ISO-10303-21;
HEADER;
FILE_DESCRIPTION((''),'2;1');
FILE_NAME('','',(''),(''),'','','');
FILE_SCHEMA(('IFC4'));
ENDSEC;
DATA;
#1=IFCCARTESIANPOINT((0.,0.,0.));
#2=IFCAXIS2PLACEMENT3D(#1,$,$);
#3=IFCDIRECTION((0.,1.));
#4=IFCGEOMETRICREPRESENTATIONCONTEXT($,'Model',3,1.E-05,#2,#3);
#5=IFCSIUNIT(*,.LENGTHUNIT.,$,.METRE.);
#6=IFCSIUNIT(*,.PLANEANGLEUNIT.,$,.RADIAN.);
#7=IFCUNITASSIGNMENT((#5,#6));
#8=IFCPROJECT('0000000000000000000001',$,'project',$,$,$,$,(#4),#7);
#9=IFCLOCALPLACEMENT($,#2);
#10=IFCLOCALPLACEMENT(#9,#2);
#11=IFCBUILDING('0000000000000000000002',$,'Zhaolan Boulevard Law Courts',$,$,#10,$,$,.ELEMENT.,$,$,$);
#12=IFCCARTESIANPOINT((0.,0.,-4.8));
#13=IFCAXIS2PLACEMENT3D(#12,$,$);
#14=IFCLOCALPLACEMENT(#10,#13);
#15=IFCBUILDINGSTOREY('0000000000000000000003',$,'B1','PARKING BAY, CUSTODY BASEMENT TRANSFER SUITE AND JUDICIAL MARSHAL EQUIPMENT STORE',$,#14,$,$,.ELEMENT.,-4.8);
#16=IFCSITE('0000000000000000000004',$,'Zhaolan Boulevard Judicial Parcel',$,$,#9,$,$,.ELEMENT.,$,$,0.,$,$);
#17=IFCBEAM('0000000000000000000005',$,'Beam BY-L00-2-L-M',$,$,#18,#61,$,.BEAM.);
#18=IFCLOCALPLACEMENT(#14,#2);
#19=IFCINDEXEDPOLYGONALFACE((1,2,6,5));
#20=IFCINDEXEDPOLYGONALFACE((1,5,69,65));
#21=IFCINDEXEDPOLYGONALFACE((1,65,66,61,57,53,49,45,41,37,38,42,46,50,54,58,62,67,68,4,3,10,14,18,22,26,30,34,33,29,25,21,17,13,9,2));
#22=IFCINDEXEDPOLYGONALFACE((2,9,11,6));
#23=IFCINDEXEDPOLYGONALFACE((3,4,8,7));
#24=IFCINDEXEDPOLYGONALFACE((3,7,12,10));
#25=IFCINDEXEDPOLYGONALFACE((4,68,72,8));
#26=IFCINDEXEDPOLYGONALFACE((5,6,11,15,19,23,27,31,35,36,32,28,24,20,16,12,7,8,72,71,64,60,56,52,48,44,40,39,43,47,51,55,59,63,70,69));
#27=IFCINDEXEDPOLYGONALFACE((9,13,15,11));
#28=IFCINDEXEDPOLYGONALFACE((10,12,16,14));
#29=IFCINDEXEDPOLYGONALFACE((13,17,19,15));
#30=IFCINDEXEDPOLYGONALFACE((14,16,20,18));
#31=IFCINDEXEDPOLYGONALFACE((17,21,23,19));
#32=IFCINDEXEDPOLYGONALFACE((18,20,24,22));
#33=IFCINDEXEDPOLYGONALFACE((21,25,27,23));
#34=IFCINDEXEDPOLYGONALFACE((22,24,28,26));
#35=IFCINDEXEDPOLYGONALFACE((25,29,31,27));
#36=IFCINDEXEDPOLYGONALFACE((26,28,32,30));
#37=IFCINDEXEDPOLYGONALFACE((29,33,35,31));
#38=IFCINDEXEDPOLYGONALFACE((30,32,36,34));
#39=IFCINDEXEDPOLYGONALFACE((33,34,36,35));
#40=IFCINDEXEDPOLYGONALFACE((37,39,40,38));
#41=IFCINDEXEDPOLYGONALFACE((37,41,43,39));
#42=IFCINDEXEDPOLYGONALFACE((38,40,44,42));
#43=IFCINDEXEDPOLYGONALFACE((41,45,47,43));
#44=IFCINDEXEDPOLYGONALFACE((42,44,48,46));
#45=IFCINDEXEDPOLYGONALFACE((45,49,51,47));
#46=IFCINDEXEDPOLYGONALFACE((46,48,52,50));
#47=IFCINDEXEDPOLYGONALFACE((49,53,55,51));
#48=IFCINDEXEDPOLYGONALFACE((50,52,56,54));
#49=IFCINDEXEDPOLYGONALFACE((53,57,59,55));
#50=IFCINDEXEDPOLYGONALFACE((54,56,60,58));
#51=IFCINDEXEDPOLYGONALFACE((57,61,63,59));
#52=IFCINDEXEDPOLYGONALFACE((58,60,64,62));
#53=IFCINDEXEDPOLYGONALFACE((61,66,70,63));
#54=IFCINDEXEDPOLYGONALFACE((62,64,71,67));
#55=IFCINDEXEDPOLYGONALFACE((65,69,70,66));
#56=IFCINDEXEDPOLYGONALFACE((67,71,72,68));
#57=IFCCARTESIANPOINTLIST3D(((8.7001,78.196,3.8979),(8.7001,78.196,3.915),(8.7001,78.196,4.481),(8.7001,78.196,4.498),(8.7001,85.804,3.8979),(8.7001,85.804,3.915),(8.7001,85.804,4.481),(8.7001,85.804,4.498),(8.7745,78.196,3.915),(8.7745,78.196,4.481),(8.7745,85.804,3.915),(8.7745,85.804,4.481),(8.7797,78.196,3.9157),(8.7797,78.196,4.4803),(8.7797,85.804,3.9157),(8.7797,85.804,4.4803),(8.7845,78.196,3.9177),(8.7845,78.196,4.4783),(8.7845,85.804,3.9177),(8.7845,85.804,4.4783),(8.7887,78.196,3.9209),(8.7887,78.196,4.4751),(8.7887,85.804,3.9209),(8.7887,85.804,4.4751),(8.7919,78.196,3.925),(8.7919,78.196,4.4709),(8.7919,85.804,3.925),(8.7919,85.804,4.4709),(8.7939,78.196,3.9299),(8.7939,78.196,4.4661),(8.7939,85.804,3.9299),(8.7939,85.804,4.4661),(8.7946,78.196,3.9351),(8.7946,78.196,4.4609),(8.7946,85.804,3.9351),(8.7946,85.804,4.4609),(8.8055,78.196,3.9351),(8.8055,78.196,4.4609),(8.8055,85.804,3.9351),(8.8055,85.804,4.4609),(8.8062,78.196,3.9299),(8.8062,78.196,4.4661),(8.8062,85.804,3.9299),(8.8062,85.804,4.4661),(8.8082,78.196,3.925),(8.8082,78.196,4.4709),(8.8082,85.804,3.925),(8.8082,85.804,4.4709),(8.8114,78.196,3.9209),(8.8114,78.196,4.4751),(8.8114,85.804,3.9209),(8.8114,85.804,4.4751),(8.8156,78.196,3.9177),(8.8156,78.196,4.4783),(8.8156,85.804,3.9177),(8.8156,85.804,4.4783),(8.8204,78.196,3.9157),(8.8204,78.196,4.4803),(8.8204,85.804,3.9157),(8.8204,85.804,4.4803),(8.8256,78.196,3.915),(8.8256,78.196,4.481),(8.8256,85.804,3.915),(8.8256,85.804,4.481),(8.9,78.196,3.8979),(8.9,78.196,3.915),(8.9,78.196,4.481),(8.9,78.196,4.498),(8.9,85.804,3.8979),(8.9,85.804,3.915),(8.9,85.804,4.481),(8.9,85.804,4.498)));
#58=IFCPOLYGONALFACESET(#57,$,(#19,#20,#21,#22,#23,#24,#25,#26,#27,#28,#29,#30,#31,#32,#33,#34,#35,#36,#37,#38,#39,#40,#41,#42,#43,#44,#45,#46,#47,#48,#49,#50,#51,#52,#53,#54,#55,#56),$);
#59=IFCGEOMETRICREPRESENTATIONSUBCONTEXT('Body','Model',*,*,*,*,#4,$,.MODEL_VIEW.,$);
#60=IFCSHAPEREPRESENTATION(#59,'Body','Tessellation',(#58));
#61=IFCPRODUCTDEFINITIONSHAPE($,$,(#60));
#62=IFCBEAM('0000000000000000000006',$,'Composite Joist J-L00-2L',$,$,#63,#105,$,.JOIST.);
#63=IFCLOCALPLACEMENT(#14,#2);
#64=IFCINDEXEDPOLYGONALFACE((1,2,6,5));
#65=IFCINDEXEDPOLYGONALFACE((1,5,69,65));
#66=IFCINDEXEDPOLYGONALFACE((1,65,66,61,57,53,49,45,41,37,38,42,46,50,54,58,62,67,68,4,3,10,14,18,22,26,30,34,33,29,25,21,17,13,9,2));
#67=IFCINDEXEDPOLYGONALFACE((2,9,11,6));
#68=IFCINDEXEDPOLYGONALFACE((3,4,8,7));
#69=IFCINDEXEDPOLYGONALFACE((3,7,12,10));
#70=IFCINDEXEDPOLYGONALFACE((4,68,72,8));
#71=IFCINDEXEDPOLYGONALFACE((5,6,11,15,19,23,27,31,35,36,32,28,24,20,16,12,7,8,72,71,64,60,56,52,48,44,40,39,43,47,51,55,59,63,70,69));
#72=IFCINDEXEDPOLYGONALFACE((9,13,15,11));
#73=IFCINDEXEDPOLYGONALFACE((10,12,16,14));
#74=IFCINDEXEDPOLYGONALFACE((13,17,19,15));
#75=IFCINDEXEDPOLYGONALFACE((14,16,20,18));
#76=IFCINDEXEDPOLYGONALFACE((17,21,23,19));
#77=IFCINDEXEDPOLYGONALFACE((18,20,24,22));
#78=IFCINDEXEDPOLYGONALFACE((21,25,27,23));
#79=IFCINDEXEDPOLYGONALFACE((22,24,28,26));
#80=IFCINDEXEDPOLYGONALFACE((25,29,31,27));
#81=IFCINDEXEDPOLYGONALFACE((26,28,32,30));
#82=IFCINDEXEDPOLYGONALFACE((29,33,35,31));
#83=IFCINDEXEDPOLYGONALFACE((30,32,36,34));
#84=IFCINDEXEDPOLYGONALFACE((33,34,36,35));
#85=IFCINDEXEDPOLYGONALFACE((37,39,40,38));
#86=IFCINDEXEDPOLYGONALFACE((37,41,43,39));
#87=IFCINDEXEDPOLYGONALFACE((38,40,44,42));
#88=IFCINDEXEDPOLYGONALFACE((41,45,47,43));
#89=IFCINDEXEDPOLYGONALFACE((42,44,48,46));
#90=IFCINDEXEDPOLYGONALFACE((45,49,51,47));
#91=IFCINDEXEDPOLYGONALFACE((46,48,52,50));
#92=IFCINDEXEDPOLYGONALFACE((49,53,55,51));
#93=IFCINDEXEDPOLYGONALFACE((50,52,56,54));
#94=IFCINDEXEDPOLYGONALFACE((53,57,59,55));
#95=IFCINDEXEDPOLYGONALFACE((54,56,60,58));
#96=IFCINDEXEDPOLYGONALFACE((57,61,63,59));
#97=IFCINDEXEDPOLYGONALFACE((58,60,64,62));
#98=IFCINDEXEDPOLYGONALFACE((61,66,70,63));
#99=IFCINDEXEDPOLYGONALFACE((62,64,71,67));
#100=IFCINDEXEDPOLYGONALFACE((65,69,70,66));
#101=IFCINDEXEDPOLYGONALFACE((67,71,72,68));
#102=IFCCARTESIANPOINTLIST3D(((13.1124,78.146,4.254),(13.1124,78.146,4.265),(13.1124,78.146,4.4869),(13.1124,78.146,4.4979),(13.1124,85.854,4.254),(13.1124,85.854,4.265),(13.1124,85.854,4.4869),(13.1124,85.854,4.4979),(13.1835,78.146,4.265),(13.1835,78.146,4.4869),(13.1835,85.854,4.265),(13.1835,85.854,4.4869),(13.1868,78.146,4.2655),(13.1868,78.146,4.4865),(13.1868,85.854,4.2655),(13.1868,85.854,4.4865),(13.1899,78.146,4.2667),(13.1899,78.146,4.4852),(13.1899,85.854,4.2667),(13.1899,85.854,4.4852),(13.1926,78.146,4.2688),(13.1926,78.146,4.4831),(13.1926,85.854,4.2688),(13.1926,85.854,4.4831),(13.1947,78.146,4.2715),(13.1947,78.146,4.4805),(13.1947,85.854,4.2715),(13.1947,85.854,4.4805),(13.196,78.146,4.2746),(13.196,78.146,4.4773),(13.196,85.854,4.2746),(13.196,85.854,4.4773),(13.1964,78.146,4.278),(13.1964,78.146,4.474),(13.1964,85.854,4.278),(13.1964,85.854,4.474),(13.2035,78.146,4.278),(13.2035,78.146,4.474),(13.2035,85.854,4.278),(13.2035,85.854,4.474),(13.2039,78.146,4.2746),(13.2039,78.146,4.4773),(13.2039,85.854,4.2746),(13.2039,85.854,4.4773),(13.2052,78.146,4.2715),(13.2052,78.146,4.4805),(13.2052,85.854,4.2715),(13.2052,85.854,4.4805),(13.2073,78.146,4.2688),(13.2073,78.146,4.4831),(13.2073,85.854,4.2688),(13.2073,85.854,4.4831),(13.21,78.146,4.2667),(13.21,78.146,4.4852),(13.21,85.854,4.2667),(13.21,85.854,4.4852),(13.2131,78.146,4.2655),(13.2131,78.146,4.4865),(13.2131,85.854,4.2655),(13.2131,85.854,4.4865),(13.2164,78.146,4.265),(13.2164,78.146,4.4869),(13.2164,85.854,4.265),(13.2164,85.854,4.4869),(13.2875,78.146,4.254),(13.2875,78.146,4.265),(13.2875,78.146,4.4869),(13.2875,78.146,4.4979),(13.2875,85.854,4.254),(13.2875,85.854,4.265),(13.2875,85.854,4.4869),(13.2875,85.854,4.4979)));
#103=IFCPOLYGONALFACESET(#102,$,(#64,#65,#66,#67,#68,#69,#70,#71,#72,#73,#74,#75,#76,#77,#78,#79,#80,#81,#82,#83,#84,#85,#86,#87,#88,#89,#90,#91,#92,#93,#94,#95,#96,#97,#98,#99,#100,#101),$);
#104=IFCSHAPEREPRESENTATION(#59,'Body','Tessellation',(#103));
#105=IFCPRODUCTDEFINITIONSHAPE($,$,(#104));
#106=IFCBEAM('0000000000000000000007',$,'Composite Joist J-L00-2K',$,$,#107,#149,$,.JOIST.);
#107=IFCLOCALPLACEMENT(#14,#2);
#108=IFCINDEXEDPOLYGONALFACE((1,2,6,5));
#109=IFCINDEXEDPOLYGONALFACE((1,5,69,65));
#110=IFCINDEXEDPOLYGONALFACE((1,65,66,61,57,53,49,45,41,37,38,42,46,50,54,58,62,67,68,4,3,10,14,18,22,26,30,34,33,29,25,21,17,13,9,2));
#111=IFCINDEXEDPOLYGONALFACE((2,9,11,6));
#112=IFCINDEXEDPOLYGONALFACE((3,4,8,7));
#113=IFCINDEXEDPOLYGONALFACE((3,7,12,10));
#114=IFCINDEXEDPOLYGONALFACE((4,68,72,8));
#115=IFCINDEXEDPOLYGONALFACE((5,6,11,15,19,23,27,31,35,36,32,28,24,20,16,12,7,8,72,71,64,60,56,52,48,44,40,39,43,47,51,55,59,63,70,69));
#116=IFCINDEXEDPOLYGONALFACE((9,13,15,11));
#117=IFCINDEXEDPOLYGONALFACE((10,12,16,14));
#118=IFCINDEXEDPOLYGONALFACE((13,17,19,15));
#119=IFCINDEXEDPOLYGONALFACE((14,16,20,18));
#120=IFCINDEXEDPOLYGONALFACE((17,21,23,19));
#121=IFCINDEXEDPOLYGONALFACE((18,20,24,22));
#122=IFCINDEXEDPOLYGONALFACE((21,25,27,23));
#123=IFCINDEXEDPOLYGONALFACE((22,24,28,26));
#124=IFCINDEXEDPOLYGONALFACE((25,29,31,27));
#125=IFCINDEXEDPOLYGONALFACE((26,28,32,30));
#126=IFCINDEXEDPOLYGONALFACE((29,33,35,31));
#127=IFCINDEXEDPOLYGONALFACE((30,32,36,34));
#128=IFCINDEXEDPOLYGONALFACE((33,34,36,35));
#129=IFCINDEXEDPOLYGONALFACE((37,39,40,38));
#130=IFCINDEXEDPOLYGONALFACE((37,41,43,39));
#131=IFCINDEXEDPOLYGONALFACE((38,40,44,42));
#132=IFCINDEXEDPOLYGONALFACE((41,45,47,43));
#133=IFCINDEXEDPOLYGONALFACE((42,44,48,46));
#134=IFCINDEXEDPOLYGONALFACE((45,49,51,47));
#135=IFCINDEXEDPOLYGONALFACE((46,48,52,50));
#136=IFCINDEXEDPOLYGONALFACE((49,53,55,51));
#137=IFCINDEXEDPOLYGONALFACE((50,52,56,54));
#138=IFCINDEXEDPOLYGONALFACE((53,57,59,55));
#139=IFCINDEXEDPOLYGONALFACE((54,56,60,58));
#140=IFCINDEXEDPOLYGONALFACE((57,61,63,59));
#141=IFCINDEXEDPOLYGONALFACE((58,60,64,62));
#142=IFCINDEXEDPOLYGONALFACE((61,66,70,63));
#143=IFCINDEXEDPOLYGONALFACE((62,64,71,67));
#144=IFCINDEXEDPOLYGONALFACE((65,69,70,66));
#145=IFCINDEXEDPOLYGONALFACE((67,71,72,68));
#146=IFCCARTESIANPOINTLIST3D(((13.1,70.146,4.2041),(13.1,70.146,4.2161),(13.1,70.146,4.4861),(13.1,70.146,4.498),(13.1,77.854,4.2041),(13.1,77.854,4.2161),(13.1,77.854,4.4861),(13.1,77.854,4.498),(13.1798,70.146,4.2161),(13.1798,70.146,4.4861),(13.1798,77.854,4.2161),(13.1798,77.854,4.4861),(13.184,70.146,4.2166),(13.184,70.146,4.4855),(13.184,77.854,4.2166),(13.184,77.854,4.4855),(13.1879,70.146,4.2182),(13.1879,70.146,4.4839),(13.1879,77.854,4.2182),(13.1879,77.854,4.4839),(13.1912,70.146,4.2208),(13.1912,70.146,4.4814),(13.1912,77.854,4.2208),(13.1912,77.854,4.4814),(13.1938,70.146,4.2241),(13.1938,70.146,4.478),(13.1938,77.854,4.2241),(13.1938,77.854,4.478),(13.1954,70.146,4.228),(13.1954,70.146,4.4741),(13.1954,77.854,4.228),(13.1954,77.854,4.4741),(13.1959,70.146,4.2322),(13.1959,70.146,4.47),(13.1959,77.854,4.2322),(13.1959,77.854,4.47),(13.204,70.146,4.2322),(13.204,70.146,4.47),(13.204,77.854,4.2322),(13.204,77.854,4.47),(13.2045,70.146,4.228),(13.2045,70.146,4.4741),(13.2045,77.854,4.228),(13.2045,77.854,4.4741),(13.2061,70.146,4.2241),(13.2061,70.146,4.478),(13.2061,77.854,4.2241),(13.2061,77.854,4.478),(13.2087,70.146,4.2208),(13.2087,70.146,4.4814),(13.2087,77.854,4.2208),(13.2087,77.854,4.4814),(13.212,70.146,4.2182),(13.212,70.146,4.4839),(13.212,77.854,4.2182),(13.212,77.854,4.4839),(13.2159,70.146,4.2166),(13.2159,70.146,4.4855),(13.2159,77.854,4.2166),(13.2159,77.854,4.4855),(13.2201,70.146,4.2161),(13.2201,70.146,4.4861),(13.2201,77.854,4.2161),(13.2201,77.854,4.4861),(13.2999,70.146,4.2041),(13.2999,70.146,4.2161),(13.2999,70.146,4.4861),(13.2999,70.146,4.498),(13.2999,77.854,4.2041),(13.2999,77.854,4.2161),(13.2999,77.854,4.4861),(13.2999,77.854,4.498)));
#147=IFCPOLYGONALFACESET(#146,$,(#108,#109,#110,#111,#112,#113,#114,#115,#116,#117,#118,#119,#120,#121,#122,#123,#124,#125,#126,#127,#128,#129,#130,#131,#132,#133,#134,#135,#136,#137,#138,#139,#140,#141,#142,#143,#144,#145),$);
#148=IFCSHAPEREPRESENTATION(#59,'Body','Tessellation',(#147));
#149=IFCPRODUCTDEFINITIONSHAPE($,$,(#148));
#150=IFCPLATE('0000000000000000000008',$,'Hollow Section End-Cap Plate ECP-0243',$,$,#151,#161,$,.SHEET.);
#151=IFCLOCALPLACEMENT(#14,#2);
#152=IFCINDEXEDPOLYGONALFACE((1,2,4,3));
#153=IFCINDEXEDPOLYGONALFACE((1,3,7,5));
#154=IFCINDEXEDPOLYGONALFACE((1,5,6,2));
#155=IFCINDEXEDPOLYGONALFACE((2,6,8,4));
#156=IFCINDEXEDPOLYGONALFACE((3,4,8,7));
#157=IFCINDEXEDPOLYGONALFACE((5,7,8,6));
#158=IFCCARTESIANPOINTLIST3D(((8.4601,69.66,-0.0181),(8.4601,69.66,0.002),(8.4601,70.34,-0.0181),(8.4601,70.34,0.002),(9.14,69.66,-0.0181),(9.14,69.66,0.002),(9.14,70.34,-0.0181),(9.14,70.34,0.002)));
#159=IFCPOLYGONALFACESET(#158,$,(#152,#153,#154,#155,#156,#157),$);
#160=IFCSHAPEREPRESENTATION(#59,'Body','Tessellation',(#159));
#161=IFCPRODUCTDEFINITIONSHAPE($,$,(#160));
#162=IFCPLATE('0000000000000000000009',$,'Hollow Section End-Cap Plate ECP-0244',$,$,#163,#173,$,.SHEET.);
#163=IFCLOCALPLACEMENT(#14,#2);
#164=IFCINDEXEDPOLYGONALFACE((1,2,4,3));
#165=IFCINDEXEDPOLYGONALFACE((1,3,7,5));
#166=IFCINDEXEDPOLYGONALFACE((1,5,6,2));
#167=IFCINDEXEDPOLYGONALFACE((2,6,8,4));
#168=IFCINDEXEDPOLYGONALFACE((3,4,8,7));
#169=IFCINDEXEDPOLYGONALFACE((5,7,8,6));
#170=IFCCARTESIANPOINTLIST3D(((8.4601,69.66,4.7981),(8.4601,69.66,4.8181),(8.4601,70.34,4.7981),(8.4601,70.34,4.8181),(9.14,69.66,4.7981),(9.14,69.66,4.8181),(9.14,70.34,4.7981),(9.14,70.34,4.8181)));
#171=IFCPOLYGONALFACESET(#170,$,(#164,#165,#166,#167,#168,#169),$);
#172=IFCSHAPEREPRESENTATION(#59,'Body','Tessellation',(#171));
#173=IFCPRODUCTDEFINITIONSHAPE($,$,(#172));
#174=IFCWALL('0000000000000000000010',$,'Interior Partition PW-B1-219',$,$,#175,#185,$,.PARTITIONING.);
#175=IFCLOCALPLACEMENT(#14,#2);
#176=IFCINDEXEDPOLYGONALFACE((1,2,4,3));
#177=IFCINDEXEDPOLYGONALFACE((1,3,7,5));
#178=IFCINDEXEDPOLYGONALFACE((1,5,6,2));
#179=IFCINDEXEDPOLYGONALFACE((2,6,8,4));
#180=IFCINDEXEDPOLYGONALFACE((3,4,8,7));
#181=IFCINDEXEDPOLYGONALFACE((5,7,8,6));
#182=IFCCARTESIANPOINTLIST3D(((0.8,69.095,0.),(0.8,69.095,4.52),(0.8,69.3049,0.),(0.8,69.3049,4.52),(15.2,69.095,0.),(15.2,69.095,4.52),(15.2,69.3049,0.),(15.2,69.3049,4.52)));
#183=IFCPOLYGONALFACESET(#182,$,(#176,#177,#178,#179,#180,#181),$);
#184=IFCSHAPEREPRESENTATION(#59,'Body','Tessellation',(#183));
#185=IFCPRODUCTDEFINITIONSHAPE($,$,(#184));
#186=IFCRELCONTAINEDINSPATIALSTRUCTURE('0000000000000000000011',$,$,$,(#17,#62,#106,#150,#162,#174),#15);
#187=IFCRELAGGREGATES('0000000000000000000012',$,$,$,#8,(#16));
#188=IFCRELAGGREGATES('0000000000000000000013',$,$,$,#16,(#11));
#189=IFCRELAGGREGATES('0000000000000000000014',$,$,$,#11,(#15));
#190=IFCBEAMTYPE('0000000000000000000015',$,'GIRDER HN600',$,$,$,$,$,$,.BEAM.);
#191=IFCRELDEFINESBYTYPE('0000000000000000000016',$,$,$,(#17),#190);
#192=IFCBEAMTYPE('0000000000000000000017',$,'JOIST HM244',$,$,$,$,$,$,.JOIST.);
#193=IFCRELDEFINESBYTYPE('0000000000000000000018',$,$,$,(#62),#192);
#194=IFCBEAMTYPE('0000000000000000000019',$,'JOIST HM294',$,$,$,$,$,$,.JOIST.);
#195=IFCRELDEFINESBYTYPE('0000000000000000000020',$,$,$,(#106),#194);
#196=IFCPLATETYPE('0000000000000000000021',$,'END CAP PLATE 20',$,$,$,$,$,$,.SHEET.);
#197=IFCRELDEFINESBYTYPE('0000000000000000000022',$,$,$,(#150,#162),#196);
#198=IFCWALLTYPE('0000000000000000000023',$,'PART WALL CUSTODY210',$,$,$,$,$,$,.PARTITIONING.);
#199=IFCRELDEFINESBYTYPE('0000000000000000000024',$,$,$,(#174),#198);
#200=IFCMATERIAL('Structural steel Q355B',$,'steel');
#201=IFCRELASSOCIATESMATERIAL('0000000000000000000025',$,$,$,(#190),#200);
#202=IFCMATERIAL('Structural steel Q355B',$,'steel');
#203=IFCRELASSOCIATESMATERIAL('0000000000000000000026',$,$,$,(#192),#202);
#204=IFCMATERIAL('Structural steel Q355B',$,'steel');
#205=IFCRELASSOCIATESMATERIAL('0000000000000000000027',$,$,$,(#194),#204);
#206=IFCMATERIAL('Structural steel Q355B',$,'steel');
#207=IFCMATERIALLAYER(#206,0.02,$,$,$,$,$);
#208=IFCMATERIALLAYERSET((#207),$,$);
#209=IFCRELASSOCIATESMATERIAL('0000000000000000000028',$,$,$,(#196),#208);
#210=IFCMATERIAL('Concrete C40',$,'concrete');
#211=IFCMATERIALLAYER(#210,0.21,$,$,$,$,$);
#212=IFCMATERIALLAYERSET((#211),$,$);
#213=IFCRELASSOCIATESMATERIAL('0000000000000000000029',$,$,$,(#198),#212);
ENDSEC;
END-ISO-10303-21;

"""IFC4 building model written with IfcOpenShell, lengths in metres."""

from ifc_helpers import new_model, si_unit, direction, frame, frame_2d, origin, origin_2d, place, context, subcontext, project, spatial, rectangle, i_section, extrude, material, layer, layer_set, material_profile, profile_set, type_object, element, save


model = new_model("IFC4")

# Units and contexts
model_context = context("Model", 3, precision=1e-05, world=origin(), true_north=direction((0.0, 1.0)))
body_context = subcontext(model_context, "Body", "Model", "MODEL_VIEW")
ifc_project = project(units=[si_unit("LENGTHUNIT", "METRE"), si_unit("PLANEANGLEUNIT", "RADIAN")], contexts=[model_context])

# Site, building, storey
site_placement = place(None, origin())
site = spatial("IfcSite", under=ifc_project, at=site_placement, Name="Zhaolan Boulevard Judicial Parcel", CompositionType="ELEMENT", RefElevation=0.0)
building_placement = place(site_placement, origin())
building = spatial("IfcBuilding", under=site, at=building_placement, Name="Zhaolan Boulevard Law Courts", CompositionType="ELEMENT")
storey_placement = place(building_placement, frame((0.0, 0.0, -4.8)))
storey = spatial("IfcBuildingStorey", under=building, at=storey_placement, Name="B1", Description="PARKING BAY, CUSTODY BASEMENT TRANSFER SUITE AND JUDICIAL MARSHAL EQUIPMENT STORE", CompositionType="ELEMENT", Elevation=-4.8)

# Beams
ifc_material_1 = material(Name="Structural steel Q355B", Category="steel")
ifc_material_profile_1 = material_profile(ifc_material_1, i_section(OverallWidth=0.2, OverallDepth=0.6001, WebThickness=0.011, FlangeThickness=0.0171, FilletRadius=0.02, at=origin_2d()), Name="HN600x200")
ifc_profile_set_1 = profile_set([ifc_material_profile_1], Name="Structural steel Q355B")
beam_type_1 = type_object("IfcBeamType", Name="GIRDER HN600", PredefinedType="BEAM", material=ifc_profile_set_1)
beam_1_placement = place(storey_placement, frame((8.8, 78.196, 4.198), z_axis=(0.0, 1.0, 0.0), x_axis=(-1.0, 0.0, 0.0)))
element("IfcBeam", 1, at=beam_1_placement, inside=storey, type_object=beam_type_1, Name="Beam BY-L00-2-L-M", PredefinedType="BEAM", context=body_context, shape_type="SweptSolid", body=[
    extrude(i_section(OverallWidth=0.2, OverallDepth=0.6001, WebThickness=0.011, FlangeThickness=0.0171, FilletRadius=0.02, at=origin_2d()), origin(), (0.0, 0.0, 1.0), 7.6079),
])
ifc_material_2 = material(Name="Structural steel Q355B", Category="steel")
ifc_material_profile_2 = material_profile(ifc_material_2, i_section(OverallWidth=0.175, OverallDepth=0.2439, WebThickness=0.0071, FlangeThickness=0.011, FilletRadius=0.0129, at=origin_2d()), Name="HM244x175")
ifc_profile_set_2 = profile_set([ifc_material_profile_2], Name="Structural steel Q355B")
beam_type_2 = type_object("IfcBeamType", Name="JOIST HM244", PredefinedType="JOIST", material=ifc_profile_set_2)
beam_2_placement = place(storey_placement, frame((13.2, 78.146, 4.376), z_axis=(0.0, 1.0, 0.0), x_axis=(-1.0, 0.0, 0.0)))
element("IfcBeam", 2, at=beam_2_placement, inside=storey, type_object=beam_type_2, Name="Composite Joist J-L00-2L", PredefinedType="JOIST", context=body_context, shape_type="SweptSolid", body=[
    extrude(i_section(OverallWidth=0.175, OverallDepth=0.2439, WebThickness=0.0071, FlangeThickness=0.011, FilletRadius=0.0129, at=origin_2d()), origin(), (0.0, 0.0, 1.0), 7.708),
])
ifc_material_3 = material(Name="Structural steel Q355B", Category="steel")
ifc_material_profile_3 = material_profile(ifc_material_3, i_section(OverallWidth=0.2, OverallDepth=0.2939, WebThickness=0.0081, FlangeThickness=0.012, FilletRadius=0.0161, at=origin_2d()), Name="HM294x200")
ifc_profile_set_3 = profile_set([ifc_material_profile_3], Name="Structural steel Q355B")
beam_type_3 = type_object("IfcBeamType", Name="JOIST HM294", PredefinedType="JOIST", material=ifc_profile_set_3)
beam_3_placement = place(storey_placement, frame((13.2, 70.146, 4.3511), z_axis=(0.0, 1.0, 0.0), x_axis=(-1.0, 0.0, 0.0)))
element("IfcBeam", 3, at=beam_3_placement, inside=storey, type_object=beam_type_3, Name="Composite Joist J-L00-2K", PredefinedType="JOIST", context=body_context, shape_type="SweptSolid", body=[
    extrude(i_section(OverallWidth=0.2, OverallDepth=0.2939, WebThickness=0.0081, FlangeThickness=0.012, FilletRadius=0.0161, at=origin_2d()), origin(), (0.0, 0.0, 1.0), 7.708),
])

# Plates
ifc_material_4 = material(Name="Structural steel Q355B", Category="steel")
ifc_layer_1 = layer(ifc_material_4, 0.02)
ifc_layer_set_1 = layer_set([ifc_layer_1])
plate_type = type_object("IfcPlateType", Name="END CAP PLATE 20", PredefinedType="SHEET", material=ifc_layer_set_1)
for number, where, z_axis, x_axis, name in (
    (4, (8.8, 70.0, -0.0181), (0.0, 0.0, 1.0), (1.0, 0.0, 0.0), "Hollow Section End-Cap Plate ECP-0243"),
    (5, (8.8, 70.0, 4.7981), (0.0, 0.0, 1.0), (1.0, 0.0, 0.0), "Hollow Section End-Cap Plate ECP-0244"),
):
    element("IfcPlate", number, at=place(storey_placement, frame(where, z_axis=z_axis, x_axis=x_axis)), inside=storey, type_object=plate_type, Name=name, PredefinedType="SHEET", context=body_context, shape_type="SweptSolid", body=[
        extrude(rectangle(XDim=0.6799, YDim=0.6799, at=origin_2d()), origin(), (0.0, 0.0, 1.0), 0.02),
    ])

# Wall
ifc_material_5 = material(Name="Concrete C40", Category="concrete")
ifc_layer_2 = layer(ifc_material_5, 0.21)
ifc_layer_set_2 = layer_set([ifc_layer_2])
wall_type = type_object("IfcWallType", Name="PART WALL CUSTODY210", PredefinedType="PARTITIONING", material=ifc_layer_set_2)
wall_placement = place(storey_placement, frame((15.2, 69.2, 0.0), z_axis=(0.0, 0.0, 1.0), x_axis=(-1.0, 0.0, 0.0)))
element("IfcWall", 6, at=wall_placement, inside=storey, type_object=wall_type, Name="Interior Partition PW-B1-219", PredefinedType="PARTITIONING", context=body_context, shape_type="SweptSolid", body=[
    extrude(rectangle(XDim=14.3999, YDim=0.21, at=frame_2d((7.2, 0.0))), origin(), (0.0, 0.0, 1.0), 4.52),
])

save(model, "model.ifc")
